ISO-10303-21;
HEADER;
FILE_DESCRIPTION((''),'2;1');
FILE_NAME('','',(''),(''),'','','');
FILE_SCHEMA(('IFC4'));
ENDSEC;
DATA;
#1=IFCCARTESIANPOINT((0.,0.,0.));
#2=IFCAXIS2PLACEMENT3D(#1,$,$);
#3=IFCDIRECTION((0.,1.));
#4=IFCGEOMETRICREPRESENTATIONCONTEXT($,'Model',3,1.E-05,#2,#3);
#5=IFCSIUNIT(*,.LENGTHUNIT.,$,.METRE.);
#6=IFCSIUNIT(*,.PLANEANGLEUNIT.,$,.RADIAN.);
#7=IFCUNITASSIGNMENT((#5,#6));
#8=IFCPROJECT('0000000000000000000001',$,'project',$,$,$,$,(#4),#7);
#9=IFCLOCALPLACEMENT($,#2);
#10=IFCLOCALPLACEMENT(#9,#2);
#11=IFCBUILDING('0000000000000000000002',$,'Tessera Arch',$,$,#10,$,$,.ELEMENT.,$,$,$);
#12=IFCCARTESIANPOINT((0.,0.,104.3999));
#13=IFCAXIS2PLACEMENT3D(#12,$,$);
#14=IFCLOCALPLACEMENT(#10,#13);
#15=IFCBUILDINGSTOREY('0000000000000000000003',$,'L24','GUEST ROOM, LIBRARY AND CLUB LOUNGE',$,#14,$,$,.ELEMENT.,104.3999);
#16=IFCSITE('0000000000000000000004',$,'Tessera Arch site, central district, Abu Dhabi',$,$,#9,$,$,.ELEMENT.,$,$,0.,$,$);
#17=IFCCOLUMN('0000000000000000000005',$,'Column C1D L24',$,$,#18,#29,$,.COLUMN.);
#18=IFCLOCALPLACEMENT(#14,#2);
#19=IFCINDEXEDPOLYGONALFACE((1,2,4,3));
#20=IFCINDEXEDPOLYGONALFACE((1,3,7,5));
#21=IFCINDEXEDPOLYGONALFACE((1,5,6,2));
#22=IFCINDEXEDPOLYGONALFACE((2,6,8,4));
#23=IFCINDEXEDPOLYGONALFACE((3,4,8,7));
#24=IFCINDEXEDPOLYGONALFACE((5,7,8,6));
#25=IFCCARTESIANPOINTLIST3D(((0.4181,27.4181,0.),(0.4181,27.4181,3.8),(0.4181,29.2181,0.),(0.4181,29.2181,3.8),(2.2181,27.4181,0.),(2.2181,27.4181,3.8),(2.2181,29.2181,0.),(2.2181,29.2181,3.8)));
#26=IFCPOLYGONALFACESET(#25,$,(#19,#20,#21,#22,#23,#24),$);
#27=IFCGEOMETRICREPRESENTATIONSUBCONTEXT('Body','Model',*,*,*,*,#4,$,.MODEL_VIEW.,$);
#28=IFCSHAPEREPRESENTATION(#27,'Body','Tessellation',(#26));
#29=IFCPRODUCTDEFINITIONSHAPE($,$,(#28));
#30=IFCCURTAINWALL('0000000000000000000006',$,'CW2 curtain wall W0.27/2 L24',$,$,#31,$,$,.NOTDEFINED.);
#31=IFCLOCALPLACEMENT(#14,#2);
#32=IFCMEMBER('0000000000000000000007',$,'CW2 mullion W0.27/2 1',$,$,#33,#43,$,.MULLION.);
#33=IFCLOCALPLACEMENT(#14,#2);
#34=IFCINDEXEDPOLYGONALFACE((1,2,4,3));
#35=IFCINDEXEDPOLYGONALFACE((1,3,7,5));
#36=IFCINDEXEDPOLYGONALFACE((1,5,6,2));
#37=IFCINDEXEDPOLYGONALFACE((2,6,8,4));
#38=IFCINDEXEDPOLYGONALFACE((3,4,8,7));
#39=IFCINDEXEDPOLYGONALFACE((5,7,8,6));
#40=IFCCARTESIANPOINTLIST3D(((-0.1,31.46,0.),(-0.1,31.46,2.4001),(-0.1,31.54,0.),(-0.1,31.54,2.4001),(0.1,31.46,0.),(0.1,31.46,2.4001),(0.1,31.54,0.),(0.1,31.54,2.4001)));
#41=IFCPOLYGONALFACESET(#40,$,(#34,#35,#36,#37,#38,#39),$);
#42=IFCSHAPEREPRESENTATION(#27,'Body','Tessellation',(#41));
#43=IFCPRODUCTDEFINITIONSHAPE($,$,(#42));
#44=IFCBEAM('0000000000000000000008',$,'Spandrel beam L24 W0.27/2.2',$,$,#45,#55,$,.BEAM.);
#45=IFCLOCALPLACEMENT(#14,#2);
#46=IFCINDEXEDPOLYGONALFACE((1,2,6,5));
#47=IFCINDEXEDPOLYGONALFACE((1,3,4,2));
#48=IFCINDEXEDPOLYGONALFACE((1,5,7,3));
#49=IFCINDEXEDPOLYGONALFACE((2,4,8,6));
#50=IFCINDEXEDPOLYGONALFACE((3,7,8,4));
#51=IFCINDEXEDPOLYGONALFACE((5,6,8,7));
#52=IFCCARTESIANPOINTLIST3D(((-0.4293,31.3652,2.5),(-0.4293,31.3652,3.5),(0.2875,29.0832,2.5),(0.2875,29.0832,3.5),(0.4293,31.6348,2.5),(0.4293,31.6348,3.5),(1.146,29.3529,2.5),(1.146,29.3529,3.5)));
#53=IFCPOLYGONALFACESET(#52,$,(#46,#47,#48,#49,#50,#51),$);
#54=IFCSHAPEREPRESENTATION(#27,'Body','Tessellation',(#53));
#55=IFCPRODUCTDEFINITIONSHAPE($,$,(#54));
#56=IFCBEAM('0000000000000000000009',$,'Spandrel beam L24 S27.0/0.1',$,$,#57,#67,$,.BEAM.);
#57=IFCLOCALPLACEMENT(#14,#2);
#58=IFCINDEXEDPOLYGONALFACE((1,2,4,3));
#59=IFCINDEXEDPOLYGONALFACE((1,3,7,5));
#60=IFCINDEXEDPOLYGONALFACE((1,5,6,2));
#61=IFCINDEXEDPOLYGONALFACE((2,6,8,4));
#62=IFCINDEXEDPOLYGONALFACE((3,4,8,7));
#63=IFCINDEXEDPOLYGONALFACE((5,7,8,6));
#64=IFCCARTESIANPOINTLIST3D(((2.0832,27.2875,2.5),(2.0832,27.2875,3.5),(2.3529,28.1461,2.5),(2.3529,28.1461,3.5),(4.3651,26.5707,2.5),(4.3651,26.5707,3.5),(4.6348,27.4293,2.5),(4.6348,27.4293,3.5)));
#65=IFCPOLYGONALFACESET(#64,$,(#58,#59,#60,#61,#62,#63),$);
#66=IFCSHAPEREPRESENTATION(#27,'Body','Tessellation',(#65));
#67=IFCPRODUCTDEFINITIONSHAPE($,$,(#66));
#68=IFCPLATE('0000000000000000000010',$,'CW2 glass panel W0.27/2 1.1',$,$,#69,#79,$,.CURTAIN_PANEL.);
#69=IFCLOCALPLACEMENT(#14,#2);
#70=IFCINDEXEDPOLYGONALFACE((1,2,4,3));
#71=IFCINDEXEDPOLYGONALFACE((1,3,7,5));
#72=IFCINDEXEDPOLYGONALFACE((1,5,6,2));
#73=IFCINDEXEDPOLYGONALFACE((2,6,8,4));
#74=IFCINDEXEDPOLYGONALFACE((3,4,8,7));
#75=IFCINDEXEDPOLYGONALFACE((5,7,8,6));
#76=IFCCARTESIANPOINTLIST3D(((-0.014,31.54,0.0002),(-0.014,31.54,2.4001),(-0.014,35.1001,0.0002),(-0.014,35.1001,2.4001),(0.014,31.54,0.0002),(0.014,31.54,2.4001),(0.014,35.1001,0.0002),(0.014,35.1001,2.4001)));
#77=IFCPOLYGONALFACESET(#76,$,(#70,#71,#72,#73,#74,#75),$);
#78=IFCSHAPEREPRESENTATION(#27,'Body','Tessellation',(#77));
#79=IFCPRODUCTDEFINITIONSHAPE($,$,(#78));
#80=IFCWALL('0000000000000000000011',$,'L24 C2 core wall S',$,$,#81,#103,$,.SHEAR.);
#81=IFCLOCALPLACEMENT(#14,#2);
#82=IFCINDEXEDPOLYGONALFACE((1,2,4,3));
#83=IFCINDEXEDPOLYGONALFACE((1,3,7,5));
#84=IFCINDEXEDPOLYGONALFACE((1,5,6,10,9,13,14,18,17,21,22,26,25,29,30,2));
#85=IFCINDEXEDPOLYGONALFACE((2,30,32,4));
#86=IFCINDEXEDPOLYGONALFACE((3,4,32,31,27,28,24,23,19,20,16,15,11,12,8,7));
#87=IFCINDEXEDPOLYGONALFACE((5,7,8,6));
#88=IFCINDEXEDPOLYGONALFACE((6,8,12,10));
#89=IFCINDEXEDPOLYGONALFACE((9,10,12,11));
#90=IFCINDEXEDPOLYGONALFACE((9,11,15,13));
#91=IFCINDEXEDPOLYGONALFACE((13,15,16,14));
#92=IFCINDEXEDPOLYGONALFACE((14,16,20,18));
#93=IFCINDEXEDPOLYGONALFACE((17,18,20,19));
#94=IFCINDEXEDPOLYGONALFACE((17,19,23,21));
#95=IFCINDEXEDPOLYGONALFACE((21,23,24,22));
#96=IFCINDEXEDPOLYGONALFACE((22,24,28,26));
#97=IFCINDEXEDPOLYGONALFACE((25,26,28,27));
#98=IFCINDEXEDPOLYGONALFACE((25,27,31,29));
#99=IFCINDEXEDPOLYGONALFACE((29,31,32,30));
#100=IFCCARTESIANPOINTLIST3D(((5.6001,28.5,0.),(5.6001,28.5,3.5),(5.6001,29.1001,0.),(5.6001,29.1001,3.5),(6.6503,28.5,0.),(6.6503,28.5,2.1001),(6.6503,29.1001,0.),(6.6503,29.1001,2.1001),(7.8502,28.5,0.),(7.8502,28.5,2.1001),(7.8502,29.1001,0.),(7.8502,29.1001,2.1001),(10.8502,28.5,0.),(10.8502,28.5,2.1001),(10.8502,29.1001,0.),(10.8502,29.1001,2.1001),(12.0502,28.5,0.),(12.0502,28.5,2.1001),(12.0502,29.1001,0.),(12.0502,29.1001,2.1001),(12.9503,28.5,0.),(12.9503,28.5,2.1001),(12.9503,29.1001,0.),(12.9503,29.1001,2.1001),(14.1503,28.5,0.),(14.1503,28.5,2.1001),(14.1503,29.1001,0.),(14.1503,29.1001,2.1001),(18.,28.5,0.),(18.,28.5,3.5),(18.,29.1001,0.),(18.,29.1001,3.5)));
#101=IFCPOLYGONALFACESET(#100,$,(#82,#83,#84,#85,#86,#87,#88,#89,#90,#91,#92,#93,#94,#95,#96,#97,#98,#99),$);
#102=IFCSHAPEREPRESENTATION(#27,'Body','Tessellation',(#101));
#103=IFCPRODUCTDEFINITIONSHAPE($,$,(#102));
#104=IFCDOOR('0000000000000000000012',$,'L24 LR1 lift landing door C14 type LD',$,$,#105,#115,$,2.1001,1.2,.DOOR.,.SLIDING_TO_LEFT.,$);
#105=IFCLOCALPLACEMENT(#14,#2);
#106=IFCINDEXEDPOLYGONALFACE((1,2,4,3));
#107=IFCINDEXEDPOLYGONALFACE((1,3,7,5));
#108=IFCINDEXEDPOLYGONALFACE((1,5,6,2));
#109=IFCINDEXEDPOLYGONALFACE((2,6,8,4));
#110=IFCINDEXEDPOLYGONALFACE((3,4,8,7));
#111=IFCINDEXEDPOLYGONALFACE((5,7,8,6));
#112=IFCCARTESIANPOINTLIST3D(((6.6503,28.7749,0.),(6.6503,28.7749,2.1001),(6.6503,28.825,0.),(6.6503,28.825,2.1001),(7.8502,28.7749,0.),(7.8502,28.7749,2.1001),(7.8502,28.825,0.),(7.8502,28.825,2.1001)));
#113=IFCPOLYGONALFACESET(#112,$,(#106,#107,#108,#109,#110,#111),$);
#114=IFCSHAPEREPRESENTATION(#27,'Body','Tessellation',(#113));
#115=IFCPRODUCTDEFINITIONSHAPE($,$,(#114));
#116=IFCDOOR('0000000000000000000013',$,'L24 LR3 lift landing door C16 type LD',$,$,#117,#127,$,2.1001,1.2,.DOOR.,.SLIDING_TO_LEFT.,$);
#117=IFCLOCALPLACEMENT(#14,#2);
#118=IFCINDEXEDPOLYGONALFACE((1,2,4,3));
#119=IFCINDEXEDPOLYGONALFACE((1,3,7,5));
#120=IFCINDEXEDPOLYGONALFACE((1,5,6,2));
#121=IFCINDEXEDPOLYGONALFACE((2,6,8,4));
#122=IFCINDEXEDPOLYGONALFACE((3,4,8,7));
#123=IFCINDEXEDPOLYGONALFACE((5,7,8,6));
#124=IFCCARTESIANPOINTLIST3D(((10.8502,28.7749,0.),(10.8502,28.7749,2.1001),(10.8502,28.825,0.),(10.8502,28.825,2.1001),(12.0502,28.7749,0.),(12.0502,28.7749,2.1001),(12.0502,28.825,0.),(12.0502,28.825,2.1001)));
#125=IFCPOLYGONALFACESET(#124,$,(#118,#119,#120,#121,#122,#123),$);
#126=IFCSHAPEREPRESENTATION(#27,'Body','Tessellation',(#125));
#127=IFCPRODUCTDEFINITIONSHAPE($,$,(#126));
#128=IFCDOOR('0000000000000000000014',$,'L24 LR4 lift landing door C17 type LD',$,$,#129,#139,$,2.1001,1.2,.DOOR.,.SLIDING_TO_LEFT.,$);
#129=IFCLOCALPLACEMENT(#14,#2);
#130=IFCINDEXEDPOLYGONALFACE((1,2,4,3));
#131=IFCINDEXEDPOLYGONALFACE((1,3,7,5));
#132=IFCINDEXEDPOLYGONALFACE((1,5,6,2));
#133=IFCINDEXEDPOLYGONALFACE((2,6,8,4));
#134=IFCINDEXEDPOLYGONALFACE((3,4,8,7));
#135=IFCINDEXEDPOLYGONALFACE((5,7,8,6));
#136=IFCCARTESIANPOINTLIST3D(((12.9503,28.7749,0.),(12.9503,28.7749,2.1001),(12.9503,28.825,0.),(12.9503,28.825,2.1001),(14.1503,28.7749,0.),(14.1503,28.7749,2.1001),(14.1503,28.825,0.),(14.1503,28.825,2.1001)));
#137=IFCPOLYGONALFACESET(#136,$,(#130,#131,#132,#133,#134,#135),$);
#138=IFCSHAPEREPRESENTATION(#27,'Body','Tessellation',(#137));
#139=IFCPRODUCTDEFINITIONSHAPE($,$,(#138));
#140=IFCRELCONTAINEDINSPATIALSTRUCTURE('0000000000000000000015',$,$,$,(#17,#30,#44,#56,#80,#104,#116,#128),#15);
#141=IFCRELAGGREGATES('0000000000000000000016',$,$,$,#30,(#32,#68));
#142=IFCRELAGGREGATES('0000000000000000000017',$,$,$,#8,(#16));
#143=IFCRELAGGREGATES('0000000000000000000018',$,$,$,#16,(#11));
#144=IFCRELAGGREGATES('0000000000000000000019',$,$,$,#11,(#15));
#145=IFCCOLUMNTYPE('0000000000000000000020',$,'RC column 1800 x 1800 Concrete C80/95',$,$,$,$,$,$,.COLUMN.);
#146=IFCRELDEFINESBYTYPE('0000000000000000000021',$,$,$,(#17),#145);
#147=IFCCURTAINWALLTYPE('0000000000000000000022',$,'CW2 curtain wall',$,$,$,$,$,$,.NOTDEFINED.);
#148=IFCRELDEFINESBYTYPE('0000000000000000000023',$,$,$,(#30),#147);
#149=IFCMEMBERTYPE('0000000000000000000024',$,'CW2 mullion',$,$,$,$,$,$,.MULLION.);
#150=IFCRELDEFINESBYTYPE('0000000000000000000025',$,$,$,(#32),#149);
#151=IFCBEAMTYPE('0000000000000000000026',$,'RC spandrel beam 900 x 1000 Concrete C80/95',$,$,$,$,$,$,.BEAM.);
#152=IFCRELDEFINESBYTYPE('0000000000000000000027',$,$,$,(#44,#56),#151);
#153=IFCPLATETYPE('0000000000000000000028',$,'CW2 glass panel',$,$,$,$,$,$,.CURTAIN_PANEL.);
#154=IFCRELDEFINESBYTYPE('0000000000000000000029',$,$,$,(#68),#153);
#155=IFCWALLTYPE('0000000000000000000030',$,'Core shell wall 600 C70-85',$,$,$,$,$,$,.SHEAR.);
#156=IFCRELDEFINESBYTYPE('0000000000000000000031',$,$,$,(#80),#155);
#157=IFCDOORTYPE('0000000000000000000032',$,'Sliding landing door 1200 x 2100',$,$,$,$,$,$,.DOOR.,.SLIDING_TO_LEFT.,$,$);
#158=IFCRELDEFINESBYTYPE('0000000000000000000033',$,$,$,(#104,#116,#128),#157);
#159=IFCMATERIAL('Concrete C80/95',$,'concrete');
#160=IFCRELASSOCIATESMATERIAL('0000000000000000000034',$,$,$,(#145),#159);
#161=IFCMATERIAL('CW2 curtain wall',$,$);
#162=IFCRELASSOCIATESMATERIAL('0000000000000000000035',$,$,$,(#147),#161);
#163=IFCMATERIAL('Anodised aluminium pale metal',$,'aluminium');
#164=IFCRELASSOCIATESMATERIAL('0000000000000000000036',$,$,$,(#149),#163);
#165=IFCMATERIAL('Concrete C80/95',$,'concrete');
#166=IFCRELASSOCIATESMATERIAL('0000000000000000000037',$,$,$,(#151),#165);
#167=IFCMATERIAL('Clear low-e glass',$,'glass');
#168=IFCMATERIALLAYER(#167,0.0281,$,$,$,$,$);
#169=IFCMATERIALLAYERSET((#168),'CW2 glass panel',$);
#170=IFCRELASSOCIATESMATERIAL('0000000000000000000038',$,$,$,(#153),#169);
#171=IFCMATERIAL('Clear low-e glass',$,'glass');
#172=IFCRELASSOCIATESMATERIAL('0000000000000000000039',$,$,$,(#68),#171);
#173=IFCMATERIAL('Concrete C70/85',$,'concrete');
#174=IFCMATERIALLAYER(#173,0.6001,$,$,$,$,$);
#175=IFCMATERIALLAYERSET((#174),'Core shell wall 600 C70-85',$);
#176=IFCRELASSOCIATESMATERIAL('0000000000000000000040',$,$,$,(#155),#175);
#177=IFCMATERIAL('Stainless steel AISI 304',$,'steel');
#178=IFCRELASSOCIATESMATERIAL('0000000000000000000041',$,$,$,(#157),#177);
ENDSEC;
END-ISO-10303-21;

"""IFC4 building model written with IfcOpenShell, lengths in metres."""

from ifc_helpers import new_model, si_unit, direction, frame, frame_2d, origin, origin_2d, place, context, subcontext, project, spatial, rectangle, extrude, material, layer, layer_set, material_profile, profile_set, type_object, element, fill, aggregate, save


model = new_model("IFC4")

# Units and contexts
model_context = context("Model", 3, precision=1e-05, world=origin(), true_north=direction((0.0, 1.0)))
body_context = subcontext(model_context, "Body", "Model", "MODEL_VIEW")
ifc_project = project(units=[si_unit("LENGTHUNIT", "METRE"), si_unit("PLANEANGLEUNIT", "RADIAN")], contexts=[model_context])

# Site, building, storey
site_placement = place(None, origin())
site = spatial("IfcSite", under=ifc_project, at=site_placement, Name="Tessera Arch site, central district, Abu Dhabi", CompositionType="ELEMENT", RefElevation=0.0)
building_placement = place(site_placement, origin())
building = spatial("IfcBuilding", under=site, at=building_placement, Name="Tessera Arch", CompositionType="ELEMENT")
storey_placement = place(building_placement, frame((0.0, 0.0, 104.3999)))
storey = spatial("IfcBuildingStorey", under=building, at=storey_placement, Name="L24", Description="GUEST ROOM, LIBRARY AND CLUB LOUNGE", CompositionType="ELEMENT", Elevation=104.3999)

# Column
ifc_material_1 = material(Name="Concrete C80/95", Category="concrete")
ifc_material_profile_1 = material_profile(ifc_material_1, rectangle(XDim=1.8, YDim=1.8, at=origin_2d()), Name="RC column 1800 x 1800 Concrete C80/95")
ifc_profile_set_1 = profile_set([ifc_material_profile_1], Name="Concrete C80/95")
column_type = type_object("IfcColumnType", Name="RC column 1800 x 1800 Concrete C80/95", PredefinedType="COLUMN", material=ifc_profile_set_1)
column_placement = place(storey_placement, frame((1.3181, 28.3181, 0.0), z_axis=(0.0, 0.0, 1.0), x_axis=(1.0, 0.0, 0.0)))
element("IfcColumn", 1, at=column_placement, inside=storey, type_object=column_type, Name="Column C1D L24", PredefinedType="COLUMN", context=body_context, shape_type="SweptSolid", body=[
    extrude(rectangle(XDim=1.8, YDim=1.8, at=origin_2d()), origin(), (0.0, 0.0, 1.0), 3.8),
])

# Curtain wall, member
ifc_material_2 = material(Name="CW2 curtain wall")
curtain_wall_type = type_object("IfcCurtainWallType", Name="CW2 curtain wall", PredefinedType="NOTDEFINED", material=ifc_material_2)
curtain_wall_placement = place(storey_placement, origin())
curtain_wall = element("IfcCurtainWall", 2, at=curtain_wall_placement, inside=storey, type_object=curtain_wall_type, Name="CW2 curtain wall W0.27/2 L24", PredefinedType="NOTDEFINED")
ifc_material_3 = material(Name="Anodised aluminium pale metal", Category="aluminium")
ifc_material_profile_2 = material_profile(ifc_material_3, rectangle(XDim=0.2, YDim=0.0801, at=origin_2d()), Name="AL 80x200")
ifc_profile_set_2 = profile_set([ifc_material_profile_2], Name="Anodised aluminium pale metal")
member_type = type_object("IfcMemberType", Name="CW2 mullion", PredefinedType="MULLION", material=ifc_profile_set_2)
member_placement = place(storey_placement, frame((0.0, 31.5, 0.0), z_axis=(0.0, 0.0, 1.0), x_axis=(1.0, 0.0, 0.0)))
member = element("IfcMember", 3, at=member_placement, type_object=member_type, Name="CW2 mullion W0.27/2 1", PredefinedType="MULLION", context=body_context, shape_type="SweptSolid", body=[
    extrude(rectangle(XDim=0.2, YDim=0.0801, at=origin_2d()), origin(), (0.0, 0.0, 1.0), 2.4001),
])

# Beams
ifc_material_4 = material(Name="Concrete C80/95", Category="concrete")
ifc_material_profile_3 = material_profile(ifc_material_4, rectangle(XDim=0.8999, YDim=1.0, at=origin_2d()), Name="RC spandrel beam 900 x 1000 Concrete C80/95")
ifc_profile_set_3 = profile_set([ifc_material_profile_3], Name="Concrete C80/95")
beam_type = type_object("IfcBeamType", Name="RC spandrel beam 900 x 1000 Concrete C80/95", PredefinedType="BEAM", material=ifc_profile_set_3)
for number, where, z_axis, x_axis, name in (
    (4, (0.0, 31.5, 3.0), (0.299675, -0.954041, 0.0), (0.954041, 0.299675, 0.0), "Spandrel beam L24 W0.27/2.2"),
    (5, (2.218, 27.7168, 3.0), (0.954041, -0.299675, 0.0), (0.299675, 0.954041, 0.0), "Spandrel beam L24 S27.0/0.1"),
):
    element("IfcBeam", number, at=place(storey_placement, frame(where, z_axis=z_axis, x_axis=x_axis)), inside=storey, type_object=beam_type, Name=name, PredefinedType="BEAM", context=body_context, shape_type="SweptSolid", body=[
        extrude(rectangle(XDim=0.8999, YDim=1.0, at=origin_2d()), origin(), (0.0, 0.0, 1.0), 2.3918),
    ])

# Plate
ifc_material_5 = material(Name="Clear low-e glass", Category="glass")
ifc_material_6 = material(Name="Clear low-e glass", Category="glass")
ifc_layer_1 = layer(ifc_material_6, 0.0281)
ifc_layer_set_1 = layer_set([ifc_layer_1], Name="CW2 glass panel")
plate_type = type_object("IfcPlateType", Name="CW2 glass panel", PredefinedType="CURTAIN_PANEL", material=ifc_layer_set_1)
plate_placement = place(storey_placement, frame((0.0, 33.3201, 0.0002), z_axis=(0.0, 0.0, 1.0), x_axis=(0.0, -1.0, 0.0)))
plate = element("IfcPlate", 6, at=plate_placement, type_object=plate_type, material=ifc_material_5, Name="CW2 glass panel W0.27/2 1.1", PredefinedType="CURTAIN_PANEL", context=body_context, shape_type="SweptSolid", body=[
    extrude(rectangle(XDim=3.5601, YDim=0.0281, at=origin_2d()), origin(), (0.0, 0.0, 1.0), 2.3999),
])
aggregate(curtain_wall, [member, plate])

# Wall, openings, doors
ifc_material_7 = material(Name="Concrete C70/85", Category="concrete")
ifc_layer_2 = layer(ifc_material_7, 0.6001)
ifc_layer_set_2 = layer_set([ifc_layer_2], Name="Core shell wall 600 C70-85")
wall_type_1 = type_object("IfcWallType", Name="Core shell wall 600 C70-85", PredefinedType="SHEAR", material=ifc_layer_set_2)
wall_1_placement = place(storey_placement, frame((5.6001, 28.8, 0.0), z_axis=(0.0, 0.0, 1.0), x_axis=(1.0, 0.0, 0.0)))
wall_1 = element("IfcWall", 7, at=wall_1_placement, inside=storey, type_object=wall_type_1, Name="L24 C2 core wall S", PredefinedType="SHEAR", context=body_context, shape_type="SweptSolid", body=[
    extrude(rectangle(XDim=12.3999, YDim=0.6001, at=frame_2d((6.2, 0.0))), origin(), (0.0, 0.0, 1.0), 3.5),
])
opening_1_placement = place(wall_1_placement, frame((1.05, 0.0, 0.0)))
opening_1 = element("IfcOpeningElement", 8, at=opening_1_placement, cuts=wall_1, PredefinedType="OPENING", context=body_context, shape_type="SweptSolid", body=[
    extrude(rectangle(XDim=1.2, YDim=2.1001, at=frame_2d((0.6001, 1.05))), frame((0.0, 0.3101, 0.0), z_axis=(0.0, -1.0, 0.0), x_axis=(1.0, 0.0, 0.0)), (0.0, 0.0, 1.0), 0.6201),
])
opening_2_placement = place(wall_1_placement, frame((5.25, 0.0, 0.0)))
opening_2 = element("IfcOpeningElement", 9, at=opening_2_placement, cuts=wall_1, PredefinedType="OPENING", context=body_context, shape_type="SweptSolid", body=[
    extrude(rectangle(XDim=1.2, YDim=2.1001, at=frame_2d((0.6001, 1.05))), frame((0.0, 0.3101, 0.0), z_axis=(0.0, -1.0, 0.0), x_axis=(1.0, 0.0, 0.0)), (0.0, 0.0, 1.0), 0.6201),
])
opening_3_placement = place(wall_1_placement, frame((7.3501, 0.0, 0.0)))
opening_3 = element("IfcOpeningElement", 10, at=opening_3_placement, cuts=wall_1, PredefinedType="OPENING", context=body_context, shape_type="SweptSolid", body=[
    extrude(rectangle(XDim=1.2, YDim=2.1001, at=frame_2d((0.6001, 1.05))), frame((0.0, 0.3101, 0.0), z_axis=(0.0, -1.0, 0.0), x_axis=(1.0, 0.0, 0.0)), (0.0, 0.0, 1.0), 0.6201),
])
ifc_material_8 = material(Name="Stainless steel AISI 304", Category="steel")
door_type_1 = type_object("IfcDoorType", Name="Sliding landing door 1200 x 2100", OperationType="SLIDING_TO_LEFT", PredefinedType="DOOR", material=ifc_material_8)
door_1_placement = place(opening_1_placement, origin())
door_1 = element("IfcDoor", 11, at=door_1_placement, inside=storey, type_object=door_type_1, Name="L24 LR1 lift landing door C14 type LD", OperationType="SLIDING_TO_LEFT", OverallHeight=2.1001, OverallWidth=1.2, PredefinedType="DOOR", context=body_context, shape_type="SweptSolid", body=[
    extrude(rectangle(XDim=1.2, YDim=2.1001, at=frame_2d((0.6001, 1.05))), frame((0.0, 0.0249, 0.0), z_axis=(0.0, -1.0, 0.0), x_axis=(1.0, 0.0, 0.0)), (0.0, 0.0, 1.0), 0.05),
])
fill(opening_1, door_1)
door_2_placement = place(opening_2_placement, origin())
door_2 = element("IfcDoor", 12, at=door_2_placement, inside=storey, type_object=door_type_1, Name="L24 LR3 lift landing door C16 type LD", OperationType="SLIDING_TO_LEFT", OverallHeight=2.1001, OverallWidth=1.2, PredefinedType="DOOR", context=body_context, shape_type="SweptSolid", body=[
    extrude(rectangle(XDim=1.2, YDim=2.1001, at=frame_2d((0.6001, 1.05))), frame((0.0, 0.0249, 0.0), z_axis=(0.0, -1.0, 0.0), x_axis=(1.0, 0.0, 0.0)), (0.0, 0.0, 1.0), 0.05),
])
fill(opening_2, door_2)
door_3_placement = place(opening_3_placement, origin())
door_3 = element("IfcDoor", 13, at=door_3_placement, inside=storey, type_object=door_type_1, Name="L24 LR4 lift landing door C17 type LD", OperationType="SLIDING_TO_LEFT", OverallHeight=2.1001, OverallWidth=1.2, PredefinedType="DOOR", context=body_context, shape_type="SweptSolid", body=[
    extrude(rectangle(XDim=1.2, YDim=2.1001, at=frame_2d((0.6001, 1.05))), frame((0.0, 0.0249, 0.0), z_axis=(0.0, -1.0, 0.0), x_axis=(1.0, 0.0, 0.0)), (0.0, 0.0, 1.0), 0.05),
])
fill(opening_3, door_3)

save(model, "model.ifc")
